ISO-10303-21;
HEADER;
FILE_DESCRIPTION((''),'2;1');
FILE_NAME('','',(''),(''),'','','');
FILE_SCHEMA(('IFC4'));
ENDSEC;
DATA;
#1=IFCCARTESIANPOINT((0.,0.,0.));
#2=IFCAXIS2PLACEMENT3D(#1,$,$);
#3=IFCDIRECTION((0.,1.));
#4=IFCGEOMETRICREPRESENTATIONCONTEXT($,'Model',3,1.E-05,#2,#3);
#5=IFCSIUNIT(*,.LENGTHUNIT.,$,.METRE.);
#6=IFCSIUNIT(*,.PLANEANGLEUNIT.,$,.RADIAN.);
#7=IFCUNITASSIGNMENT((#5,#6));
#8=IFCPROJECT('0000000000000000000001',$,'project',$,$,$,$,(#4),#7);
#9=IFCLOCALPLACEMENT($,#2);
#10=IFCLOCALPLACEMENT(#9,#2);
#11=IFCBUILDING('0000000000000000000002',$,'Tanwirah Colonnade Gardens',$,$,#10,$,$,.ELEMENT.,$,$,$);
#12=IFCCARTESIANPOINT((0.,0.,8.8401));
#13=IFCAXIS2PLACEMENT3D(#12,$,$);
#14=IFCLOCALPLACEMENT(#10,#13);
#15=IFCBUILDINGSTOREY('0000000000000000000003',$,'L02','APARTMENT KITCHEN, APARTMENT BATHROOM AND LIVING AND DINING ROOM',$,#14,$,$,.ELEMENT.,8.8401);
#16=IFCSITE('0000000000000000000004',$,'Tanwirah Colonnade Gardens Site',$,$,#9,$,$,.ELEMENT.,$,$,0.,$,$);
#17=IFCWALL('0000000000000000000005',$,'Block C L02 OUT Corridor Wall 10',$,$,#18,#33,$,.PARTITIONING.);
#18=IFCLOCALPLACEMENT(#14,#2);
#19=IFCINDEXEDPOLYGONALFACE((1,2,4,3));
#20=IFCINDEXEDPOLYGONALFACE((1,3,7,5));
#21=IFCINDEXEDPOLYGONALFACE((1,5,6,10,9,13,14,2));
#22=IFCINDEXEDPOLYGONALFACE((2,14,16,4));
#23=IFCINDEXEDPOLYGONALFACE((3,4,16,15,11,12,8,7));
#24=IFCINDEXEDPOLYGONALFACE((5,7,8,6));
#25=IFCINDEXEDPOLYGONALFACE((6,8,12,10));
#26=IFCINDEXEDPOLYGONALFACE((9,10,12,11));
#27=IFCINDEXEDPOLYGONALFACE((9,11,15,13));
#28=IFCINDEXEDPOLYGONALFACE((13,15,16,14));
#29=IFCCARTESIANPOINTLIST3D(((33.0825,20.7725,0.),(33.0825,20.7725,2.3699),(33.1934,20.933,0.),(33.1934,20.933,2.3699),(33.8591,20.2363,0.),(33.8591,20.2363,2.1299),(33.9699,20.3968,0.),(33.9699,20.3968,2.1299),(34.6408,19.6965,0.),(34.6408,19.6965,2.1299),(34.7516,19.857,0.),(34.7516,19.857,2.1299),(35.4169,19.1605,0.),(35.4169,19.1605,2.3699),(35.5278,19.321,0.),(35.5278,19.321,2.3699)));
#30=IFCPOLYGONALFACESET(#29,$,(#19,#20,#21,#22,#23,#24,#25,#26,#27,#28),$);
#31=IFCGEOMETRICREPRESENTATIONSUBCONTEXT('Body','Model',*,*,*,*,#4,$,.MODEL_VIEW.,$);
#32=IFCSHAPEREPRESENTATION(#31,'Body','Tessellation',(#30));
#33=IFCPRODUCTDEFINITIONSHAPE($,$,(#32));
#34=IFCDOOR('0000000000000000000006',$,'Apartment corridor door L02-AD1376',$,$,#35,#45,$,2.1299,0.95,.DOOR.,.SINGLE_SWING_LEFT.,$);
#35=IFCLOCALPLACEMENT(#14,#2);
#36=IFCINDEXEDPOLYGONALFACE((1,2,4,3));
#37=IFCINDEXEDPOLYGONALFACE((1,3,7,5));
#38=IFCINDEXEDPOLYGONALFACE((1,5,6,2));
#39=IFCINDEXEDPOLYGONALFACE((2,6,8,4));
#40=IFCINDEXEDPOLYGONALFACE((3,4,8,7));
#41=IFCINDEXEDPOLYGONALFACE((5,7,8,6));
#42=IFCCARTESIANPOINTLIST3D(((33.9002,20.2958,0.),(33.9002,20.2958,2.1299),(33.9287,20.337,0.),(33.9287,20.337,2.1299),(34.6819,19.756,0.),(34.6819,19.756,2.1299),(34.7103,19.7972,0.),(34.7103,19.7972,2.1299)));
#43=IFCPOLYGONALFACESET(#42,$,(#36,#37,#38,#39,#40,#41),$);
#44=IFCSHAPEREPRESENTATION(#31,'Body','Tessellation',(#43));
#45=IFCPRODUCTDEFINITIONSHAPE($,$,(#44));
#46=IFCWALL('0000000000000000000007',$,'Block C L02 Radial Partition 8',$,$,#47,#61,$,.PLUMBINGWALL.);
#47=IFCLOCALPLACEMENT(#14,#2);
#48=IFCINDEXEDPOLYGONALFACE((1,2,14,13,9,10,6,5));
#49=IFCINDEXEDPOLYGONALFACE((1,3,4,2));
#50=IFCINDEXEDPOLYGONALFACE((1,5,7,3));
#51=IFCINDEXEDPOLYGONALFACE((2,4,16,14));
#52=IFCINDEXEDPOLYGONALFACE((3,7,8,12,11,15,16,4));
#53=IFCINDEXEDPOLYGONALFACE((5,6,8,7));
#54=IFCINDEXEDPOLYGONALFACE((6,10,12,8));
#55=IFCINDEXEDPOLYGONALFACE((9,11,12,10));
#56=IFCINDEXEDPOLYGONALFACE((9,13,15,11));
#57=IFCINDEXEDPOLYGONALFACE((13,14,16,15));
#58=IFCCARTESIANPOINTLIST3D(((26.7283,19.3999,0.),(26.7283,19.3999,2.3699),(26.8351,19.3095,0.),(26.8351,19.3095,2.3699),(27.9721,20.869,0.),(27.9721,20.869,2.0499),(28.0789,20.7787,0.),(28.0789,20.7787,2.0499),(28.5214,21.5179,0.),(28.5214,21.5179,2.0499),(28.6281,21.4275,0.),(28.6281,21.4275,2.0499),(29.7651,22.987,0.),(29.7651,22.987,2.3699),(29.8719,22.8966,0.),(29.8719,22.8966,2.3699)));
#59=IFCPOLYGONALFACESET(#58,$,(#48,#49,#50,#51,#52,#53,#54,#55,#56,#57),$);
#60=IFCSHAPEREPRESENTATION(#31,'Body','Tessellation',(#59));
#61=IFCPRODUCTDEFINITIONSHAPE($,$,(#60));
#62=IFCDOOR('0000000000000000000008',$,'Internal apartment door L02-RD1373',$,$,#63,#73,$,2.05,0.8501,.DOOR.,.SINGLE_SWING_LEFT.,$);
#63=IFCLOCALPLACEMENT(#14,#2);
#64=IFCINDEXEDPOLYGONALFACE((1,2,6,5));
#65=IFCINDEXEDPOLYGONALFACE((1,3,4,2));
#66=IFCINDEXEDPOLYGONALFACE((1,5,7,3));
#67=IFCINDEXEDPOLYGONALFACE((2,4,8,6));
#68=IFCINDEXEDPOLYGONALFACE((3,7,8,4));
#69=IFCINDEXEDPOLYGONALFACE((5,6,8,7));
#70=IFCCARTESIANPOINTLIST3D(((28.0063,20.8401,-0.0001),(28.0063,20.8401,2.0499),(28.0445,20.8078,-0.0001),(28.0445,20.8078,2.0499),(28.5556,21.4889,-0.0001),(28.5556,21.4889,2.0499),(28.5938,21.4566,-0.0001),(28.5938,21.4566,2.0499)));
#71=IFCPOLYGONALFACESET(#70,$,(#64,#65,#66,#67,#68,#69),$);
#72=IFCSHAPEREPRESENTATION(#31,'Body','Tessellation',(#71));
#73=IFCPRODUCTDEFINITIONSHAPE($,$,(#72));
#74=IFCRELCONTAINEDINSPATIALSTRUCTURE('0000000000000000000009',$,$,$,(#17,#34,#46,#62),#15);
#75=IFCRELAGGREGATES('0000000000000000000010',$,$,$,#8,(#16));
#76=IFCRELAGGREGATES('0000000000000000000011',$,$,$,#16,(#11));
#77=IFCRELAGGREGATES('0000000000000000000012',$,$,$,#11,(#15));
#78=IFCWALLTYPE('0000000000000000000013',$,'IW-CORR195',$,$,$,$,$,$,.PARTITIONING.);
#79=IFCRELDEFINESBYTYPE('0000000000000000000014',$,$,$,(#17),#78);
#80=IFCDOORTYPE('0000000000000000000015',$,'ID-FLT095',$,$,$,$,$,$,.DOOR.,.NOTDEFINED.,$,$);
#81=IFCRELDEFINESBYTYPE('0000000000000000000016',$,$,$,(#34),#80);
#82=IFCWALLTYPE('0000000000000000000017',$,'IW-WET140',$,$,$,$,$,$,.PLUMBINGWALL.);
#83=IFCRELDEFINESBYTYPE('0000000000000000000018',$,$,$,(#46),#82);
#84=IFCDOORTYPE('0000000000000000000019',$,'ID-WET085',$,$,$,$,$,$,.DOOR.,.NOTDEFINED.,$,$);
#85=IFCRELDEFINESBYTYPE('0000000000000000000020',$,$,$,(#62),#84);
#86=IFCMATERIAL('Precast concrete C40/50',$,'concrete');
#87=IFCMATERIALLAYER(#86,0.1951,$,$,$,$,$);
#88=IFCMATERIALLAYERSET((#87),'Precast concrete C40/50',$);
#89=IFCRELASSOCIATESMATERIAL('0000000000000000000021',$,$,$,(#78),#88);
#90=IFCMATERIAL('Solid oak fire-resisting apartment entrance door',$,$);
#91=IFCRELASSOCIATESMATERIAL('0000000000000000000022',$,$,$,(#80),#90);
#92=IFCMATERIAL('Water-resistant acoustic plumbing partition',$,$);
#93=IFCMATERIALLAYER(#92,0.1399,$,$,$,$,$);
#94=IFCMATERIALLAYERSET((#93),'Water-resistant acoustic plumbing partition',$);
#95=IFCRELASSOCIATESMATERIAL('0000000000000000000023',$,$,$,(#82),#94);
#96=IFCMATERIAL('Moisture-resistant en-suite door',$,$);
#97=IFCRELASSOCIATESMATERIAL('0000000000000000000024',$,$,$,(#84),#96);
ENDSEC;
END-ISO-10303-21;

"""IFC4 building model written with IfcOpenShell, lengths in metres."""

from ifc_helpers import new_model, si_unit, direction, frame, frame_2d, origin, place, context, subcontext, project, spatial, rectangle, extrude, material, layer, layer_set, type_object, element, fill, save


model = new_model("IFC4")

# Units and contexts
model_context = context("Model", 3, precision=1e-05, world=origin(), true_north=direction((0.0, 1.0)))
body_context = subcontext(model_context, "Body", "Model", "MODEL_VIEW")
ifc_project = project(units=[si_unit("LENGTHUNIT", "METRE"), si_unit("PLANEANGLEUNIT", "RADIAN")], contexts=[model_context])

# Site, building, storey
site_placement = place(None, origin())
site = spatial("IfcSite", under=ifc_project, at=site_placement, Name="Tanwirah Colonnade Gardens Site", CompositionType="ELEMENT", RefElevation=0.0)
building_placement = place(site_placement, origin())
building = spatial("IfcBuilding", under=site, at=building_placement, Name="Tanwirah Colonnade Gardens", CompositionType="ELEMENT")
storey_placement = place(building_placement, frame((0.0, 0.0, 8.8401)))
storey = spatial("IfcBuildingStorey", under=building, at=storey_placement, Name="L02", Description="APARTMENT KITCHEN, APARTMENT BATHROOM AND LIVING AND DINING ROOM", CompositionType="ELEMENT", Elevation=8.8401)

# Shared definitions
ifc_material_1 = material(Name="Precast concrete C40/50", Category="concrete")

# Walls, openings, doors
ifc_layer_1 = layer(ifc_material_1, 0.1951)
ifc_layer_set_1 = layer_set([ifc_layer_1], Name="Precast concrete C40/50")
wall_type_1 = type_object("IfcWallType", Name="IW-CORR195", PredefinedType="PARTITIONING", material=ifc_layer_set_1)
ifc_material_2 = material(Name="Solid oak fire-resisting apartment entrance door")
wall_1_placement = place(storey_placement, frame((33.1379, 20.8528, 0.0), z_axis=(0.0, 0.0, 1.0), x_axis=(0.82287, -0.56823, 0.0)))
wall_1 = element("IfcWall", 1, at=wall_1_placement, inside=storey, type_object=wall_type_1, Name="Block C L02 OUT Corridor Wall 10", PredefinedType="PARTITIONING", context=body_context, shape_type="SweptSolid", body=[
    extrude(rectangle(XDim=2.8369, YDim=0.1951, at=frame_2d((1.4185, 0.0))), origin(), (0.0, 0.0, 1.0), 2.3699),
])
opening_1_placement = place(wall_1_placement, frame((0.9436, 0.0, 0.0)))
opening_1 = element("IfcOpeningElement", 2, at=opening_1_placement, cuts=wall_1, PredefinedType="OPENING", context=body_context, shape_type="SweptSolid", body=[
    extrude(rectangle(XDim=0.95, YDim=2.1299, at=frame_2d((0.4751, 1.0649))), frame((0.0, 0.1074, 0.0), z_axis=(0.0, -1.0, 0.0), x_axis=(1.0, 0.0, 0.0)), (0.0, 0.0, 1.0), 0.2151),
])
door_type_1 = type_object("IfcDoorType", Name="ID-FLT095", OperationType="NOTDEFINED", PredefinedType="DOOR", material=ifc_material_2)
door_1_placement = place(opening_1_placement, origin())
door_1 = element("IfcDoor", 3, at=door_1_placement, inside=storey, type_object=door_type_1, Name="Apartment corridor door L02-AD1376", OperationType="SINGLE_SWING_LEFT", OverallHeight=2.1299, OverallWidth=0.95, PredefinedType="DOOR", context=body_context, shape_type="SweptSolid", body=[
    extrude(rectangle(XDim=0.95, YDim=2.1299, at=frame_2d((0.4751, 1.0649))), frame((0.0, 0.0249, 0.0), z_axis=(0.0, -1.0, 0.0), x_axis=(1.0, 0.0, 0.0)), (0.0, 0.0, 1.0), 0.05),
])
fill(opening_1, door_1)
ifc_material_3 = material(Name="Water-resistant acoustic plumbing partition")
ifc_layer_2 = layer(ifc_material_3, 0.1399)
ifc_layer_set_2 = layer_set([ifc_layer_2], Name="Water-resistant acoustic plumbing partition")
wall_type_2 = type_object("IfcWallType", Name="IW-WET140", PredefinedType="PLUMBINGWALL", material=ifc_layer_set_2)
wall_2_placement = place(storey_placement, frame((29.8186, 22.9419, 0.0), z_axis=(0.0, 0.0, 1.0), x_axis=(-0.646138, -0.763221, 0.0)))
wall_2 = element("IfcWall", 4, at=wall_2_placement, inside=storey, type_object=wall_type_2, Name="Block C L02 Radial Partition 8", PredefinedType="PLUMBINGWALL", context=body_context, shape_type="SweptSolid", body=[
    extrude(rectangle(XDim=4.7, YDim=0.1399, at=frame_2d((2.3501, 0.0))), origin(), (0.0, 0.0, 1.0), 2.3699),
])
opening_2_placement = place(wall_2_placement, frame((1.925, 0.0, 0.0)))
opening_2 = element("IfcOpeningElement", 5, at=opening_2_placement, cuts=wall_2, PredefinedType="OPENING", context=body_context, shape_type="SweptSolid", body=[
    extrude(rectangle(XDim=0.8501, YDim=2.05, at=frame_2d((0.425, 1.0249))), frame((0.0, 0.0798, 0.0), z_axis=(0.0, -1.0, 0.0), x_axis=(1.0, 0.0, 0.0)), (0.0, 0.0, 1.0), 0.1599),
])
ifc_material_4 = material(Name="Moisture-resistant en-suite door")
door_type_2 = type_object("IfcDoorType", Name="ID-WET085", OperationType="NOTDEFINED", PredefinedType="DOOR", material=ifc_material_4)
door_2_placement = place(opening_2_placement, origin())
door_2 = element("IfcDoor", 6, at=door_2_placement, inside=storey, type_object=door_type_2, Name="Internal apartment door L02-RD1373", OperationType="SINGLE_SWING_LEFT", OverallHeight=2.05, OverallWidth=0.8501, PredefinedType="DOOR", context=body_context, shape_type="SweptSolid", body=[
    extrude(rectangle(XDim=0.8501, YDim=2.05, at=frame_2d((0.425, 1.0249))), frame((0.0, 0.0249, 0.0), z_axis=(0.0, -1.0, 0.0), x_axis=(1.0, 0.0, 0.0)), (0.0, 0.0, 1.0), 0.05),
])
fill(opening_2, door_2)

save(model, "model.ifc")
